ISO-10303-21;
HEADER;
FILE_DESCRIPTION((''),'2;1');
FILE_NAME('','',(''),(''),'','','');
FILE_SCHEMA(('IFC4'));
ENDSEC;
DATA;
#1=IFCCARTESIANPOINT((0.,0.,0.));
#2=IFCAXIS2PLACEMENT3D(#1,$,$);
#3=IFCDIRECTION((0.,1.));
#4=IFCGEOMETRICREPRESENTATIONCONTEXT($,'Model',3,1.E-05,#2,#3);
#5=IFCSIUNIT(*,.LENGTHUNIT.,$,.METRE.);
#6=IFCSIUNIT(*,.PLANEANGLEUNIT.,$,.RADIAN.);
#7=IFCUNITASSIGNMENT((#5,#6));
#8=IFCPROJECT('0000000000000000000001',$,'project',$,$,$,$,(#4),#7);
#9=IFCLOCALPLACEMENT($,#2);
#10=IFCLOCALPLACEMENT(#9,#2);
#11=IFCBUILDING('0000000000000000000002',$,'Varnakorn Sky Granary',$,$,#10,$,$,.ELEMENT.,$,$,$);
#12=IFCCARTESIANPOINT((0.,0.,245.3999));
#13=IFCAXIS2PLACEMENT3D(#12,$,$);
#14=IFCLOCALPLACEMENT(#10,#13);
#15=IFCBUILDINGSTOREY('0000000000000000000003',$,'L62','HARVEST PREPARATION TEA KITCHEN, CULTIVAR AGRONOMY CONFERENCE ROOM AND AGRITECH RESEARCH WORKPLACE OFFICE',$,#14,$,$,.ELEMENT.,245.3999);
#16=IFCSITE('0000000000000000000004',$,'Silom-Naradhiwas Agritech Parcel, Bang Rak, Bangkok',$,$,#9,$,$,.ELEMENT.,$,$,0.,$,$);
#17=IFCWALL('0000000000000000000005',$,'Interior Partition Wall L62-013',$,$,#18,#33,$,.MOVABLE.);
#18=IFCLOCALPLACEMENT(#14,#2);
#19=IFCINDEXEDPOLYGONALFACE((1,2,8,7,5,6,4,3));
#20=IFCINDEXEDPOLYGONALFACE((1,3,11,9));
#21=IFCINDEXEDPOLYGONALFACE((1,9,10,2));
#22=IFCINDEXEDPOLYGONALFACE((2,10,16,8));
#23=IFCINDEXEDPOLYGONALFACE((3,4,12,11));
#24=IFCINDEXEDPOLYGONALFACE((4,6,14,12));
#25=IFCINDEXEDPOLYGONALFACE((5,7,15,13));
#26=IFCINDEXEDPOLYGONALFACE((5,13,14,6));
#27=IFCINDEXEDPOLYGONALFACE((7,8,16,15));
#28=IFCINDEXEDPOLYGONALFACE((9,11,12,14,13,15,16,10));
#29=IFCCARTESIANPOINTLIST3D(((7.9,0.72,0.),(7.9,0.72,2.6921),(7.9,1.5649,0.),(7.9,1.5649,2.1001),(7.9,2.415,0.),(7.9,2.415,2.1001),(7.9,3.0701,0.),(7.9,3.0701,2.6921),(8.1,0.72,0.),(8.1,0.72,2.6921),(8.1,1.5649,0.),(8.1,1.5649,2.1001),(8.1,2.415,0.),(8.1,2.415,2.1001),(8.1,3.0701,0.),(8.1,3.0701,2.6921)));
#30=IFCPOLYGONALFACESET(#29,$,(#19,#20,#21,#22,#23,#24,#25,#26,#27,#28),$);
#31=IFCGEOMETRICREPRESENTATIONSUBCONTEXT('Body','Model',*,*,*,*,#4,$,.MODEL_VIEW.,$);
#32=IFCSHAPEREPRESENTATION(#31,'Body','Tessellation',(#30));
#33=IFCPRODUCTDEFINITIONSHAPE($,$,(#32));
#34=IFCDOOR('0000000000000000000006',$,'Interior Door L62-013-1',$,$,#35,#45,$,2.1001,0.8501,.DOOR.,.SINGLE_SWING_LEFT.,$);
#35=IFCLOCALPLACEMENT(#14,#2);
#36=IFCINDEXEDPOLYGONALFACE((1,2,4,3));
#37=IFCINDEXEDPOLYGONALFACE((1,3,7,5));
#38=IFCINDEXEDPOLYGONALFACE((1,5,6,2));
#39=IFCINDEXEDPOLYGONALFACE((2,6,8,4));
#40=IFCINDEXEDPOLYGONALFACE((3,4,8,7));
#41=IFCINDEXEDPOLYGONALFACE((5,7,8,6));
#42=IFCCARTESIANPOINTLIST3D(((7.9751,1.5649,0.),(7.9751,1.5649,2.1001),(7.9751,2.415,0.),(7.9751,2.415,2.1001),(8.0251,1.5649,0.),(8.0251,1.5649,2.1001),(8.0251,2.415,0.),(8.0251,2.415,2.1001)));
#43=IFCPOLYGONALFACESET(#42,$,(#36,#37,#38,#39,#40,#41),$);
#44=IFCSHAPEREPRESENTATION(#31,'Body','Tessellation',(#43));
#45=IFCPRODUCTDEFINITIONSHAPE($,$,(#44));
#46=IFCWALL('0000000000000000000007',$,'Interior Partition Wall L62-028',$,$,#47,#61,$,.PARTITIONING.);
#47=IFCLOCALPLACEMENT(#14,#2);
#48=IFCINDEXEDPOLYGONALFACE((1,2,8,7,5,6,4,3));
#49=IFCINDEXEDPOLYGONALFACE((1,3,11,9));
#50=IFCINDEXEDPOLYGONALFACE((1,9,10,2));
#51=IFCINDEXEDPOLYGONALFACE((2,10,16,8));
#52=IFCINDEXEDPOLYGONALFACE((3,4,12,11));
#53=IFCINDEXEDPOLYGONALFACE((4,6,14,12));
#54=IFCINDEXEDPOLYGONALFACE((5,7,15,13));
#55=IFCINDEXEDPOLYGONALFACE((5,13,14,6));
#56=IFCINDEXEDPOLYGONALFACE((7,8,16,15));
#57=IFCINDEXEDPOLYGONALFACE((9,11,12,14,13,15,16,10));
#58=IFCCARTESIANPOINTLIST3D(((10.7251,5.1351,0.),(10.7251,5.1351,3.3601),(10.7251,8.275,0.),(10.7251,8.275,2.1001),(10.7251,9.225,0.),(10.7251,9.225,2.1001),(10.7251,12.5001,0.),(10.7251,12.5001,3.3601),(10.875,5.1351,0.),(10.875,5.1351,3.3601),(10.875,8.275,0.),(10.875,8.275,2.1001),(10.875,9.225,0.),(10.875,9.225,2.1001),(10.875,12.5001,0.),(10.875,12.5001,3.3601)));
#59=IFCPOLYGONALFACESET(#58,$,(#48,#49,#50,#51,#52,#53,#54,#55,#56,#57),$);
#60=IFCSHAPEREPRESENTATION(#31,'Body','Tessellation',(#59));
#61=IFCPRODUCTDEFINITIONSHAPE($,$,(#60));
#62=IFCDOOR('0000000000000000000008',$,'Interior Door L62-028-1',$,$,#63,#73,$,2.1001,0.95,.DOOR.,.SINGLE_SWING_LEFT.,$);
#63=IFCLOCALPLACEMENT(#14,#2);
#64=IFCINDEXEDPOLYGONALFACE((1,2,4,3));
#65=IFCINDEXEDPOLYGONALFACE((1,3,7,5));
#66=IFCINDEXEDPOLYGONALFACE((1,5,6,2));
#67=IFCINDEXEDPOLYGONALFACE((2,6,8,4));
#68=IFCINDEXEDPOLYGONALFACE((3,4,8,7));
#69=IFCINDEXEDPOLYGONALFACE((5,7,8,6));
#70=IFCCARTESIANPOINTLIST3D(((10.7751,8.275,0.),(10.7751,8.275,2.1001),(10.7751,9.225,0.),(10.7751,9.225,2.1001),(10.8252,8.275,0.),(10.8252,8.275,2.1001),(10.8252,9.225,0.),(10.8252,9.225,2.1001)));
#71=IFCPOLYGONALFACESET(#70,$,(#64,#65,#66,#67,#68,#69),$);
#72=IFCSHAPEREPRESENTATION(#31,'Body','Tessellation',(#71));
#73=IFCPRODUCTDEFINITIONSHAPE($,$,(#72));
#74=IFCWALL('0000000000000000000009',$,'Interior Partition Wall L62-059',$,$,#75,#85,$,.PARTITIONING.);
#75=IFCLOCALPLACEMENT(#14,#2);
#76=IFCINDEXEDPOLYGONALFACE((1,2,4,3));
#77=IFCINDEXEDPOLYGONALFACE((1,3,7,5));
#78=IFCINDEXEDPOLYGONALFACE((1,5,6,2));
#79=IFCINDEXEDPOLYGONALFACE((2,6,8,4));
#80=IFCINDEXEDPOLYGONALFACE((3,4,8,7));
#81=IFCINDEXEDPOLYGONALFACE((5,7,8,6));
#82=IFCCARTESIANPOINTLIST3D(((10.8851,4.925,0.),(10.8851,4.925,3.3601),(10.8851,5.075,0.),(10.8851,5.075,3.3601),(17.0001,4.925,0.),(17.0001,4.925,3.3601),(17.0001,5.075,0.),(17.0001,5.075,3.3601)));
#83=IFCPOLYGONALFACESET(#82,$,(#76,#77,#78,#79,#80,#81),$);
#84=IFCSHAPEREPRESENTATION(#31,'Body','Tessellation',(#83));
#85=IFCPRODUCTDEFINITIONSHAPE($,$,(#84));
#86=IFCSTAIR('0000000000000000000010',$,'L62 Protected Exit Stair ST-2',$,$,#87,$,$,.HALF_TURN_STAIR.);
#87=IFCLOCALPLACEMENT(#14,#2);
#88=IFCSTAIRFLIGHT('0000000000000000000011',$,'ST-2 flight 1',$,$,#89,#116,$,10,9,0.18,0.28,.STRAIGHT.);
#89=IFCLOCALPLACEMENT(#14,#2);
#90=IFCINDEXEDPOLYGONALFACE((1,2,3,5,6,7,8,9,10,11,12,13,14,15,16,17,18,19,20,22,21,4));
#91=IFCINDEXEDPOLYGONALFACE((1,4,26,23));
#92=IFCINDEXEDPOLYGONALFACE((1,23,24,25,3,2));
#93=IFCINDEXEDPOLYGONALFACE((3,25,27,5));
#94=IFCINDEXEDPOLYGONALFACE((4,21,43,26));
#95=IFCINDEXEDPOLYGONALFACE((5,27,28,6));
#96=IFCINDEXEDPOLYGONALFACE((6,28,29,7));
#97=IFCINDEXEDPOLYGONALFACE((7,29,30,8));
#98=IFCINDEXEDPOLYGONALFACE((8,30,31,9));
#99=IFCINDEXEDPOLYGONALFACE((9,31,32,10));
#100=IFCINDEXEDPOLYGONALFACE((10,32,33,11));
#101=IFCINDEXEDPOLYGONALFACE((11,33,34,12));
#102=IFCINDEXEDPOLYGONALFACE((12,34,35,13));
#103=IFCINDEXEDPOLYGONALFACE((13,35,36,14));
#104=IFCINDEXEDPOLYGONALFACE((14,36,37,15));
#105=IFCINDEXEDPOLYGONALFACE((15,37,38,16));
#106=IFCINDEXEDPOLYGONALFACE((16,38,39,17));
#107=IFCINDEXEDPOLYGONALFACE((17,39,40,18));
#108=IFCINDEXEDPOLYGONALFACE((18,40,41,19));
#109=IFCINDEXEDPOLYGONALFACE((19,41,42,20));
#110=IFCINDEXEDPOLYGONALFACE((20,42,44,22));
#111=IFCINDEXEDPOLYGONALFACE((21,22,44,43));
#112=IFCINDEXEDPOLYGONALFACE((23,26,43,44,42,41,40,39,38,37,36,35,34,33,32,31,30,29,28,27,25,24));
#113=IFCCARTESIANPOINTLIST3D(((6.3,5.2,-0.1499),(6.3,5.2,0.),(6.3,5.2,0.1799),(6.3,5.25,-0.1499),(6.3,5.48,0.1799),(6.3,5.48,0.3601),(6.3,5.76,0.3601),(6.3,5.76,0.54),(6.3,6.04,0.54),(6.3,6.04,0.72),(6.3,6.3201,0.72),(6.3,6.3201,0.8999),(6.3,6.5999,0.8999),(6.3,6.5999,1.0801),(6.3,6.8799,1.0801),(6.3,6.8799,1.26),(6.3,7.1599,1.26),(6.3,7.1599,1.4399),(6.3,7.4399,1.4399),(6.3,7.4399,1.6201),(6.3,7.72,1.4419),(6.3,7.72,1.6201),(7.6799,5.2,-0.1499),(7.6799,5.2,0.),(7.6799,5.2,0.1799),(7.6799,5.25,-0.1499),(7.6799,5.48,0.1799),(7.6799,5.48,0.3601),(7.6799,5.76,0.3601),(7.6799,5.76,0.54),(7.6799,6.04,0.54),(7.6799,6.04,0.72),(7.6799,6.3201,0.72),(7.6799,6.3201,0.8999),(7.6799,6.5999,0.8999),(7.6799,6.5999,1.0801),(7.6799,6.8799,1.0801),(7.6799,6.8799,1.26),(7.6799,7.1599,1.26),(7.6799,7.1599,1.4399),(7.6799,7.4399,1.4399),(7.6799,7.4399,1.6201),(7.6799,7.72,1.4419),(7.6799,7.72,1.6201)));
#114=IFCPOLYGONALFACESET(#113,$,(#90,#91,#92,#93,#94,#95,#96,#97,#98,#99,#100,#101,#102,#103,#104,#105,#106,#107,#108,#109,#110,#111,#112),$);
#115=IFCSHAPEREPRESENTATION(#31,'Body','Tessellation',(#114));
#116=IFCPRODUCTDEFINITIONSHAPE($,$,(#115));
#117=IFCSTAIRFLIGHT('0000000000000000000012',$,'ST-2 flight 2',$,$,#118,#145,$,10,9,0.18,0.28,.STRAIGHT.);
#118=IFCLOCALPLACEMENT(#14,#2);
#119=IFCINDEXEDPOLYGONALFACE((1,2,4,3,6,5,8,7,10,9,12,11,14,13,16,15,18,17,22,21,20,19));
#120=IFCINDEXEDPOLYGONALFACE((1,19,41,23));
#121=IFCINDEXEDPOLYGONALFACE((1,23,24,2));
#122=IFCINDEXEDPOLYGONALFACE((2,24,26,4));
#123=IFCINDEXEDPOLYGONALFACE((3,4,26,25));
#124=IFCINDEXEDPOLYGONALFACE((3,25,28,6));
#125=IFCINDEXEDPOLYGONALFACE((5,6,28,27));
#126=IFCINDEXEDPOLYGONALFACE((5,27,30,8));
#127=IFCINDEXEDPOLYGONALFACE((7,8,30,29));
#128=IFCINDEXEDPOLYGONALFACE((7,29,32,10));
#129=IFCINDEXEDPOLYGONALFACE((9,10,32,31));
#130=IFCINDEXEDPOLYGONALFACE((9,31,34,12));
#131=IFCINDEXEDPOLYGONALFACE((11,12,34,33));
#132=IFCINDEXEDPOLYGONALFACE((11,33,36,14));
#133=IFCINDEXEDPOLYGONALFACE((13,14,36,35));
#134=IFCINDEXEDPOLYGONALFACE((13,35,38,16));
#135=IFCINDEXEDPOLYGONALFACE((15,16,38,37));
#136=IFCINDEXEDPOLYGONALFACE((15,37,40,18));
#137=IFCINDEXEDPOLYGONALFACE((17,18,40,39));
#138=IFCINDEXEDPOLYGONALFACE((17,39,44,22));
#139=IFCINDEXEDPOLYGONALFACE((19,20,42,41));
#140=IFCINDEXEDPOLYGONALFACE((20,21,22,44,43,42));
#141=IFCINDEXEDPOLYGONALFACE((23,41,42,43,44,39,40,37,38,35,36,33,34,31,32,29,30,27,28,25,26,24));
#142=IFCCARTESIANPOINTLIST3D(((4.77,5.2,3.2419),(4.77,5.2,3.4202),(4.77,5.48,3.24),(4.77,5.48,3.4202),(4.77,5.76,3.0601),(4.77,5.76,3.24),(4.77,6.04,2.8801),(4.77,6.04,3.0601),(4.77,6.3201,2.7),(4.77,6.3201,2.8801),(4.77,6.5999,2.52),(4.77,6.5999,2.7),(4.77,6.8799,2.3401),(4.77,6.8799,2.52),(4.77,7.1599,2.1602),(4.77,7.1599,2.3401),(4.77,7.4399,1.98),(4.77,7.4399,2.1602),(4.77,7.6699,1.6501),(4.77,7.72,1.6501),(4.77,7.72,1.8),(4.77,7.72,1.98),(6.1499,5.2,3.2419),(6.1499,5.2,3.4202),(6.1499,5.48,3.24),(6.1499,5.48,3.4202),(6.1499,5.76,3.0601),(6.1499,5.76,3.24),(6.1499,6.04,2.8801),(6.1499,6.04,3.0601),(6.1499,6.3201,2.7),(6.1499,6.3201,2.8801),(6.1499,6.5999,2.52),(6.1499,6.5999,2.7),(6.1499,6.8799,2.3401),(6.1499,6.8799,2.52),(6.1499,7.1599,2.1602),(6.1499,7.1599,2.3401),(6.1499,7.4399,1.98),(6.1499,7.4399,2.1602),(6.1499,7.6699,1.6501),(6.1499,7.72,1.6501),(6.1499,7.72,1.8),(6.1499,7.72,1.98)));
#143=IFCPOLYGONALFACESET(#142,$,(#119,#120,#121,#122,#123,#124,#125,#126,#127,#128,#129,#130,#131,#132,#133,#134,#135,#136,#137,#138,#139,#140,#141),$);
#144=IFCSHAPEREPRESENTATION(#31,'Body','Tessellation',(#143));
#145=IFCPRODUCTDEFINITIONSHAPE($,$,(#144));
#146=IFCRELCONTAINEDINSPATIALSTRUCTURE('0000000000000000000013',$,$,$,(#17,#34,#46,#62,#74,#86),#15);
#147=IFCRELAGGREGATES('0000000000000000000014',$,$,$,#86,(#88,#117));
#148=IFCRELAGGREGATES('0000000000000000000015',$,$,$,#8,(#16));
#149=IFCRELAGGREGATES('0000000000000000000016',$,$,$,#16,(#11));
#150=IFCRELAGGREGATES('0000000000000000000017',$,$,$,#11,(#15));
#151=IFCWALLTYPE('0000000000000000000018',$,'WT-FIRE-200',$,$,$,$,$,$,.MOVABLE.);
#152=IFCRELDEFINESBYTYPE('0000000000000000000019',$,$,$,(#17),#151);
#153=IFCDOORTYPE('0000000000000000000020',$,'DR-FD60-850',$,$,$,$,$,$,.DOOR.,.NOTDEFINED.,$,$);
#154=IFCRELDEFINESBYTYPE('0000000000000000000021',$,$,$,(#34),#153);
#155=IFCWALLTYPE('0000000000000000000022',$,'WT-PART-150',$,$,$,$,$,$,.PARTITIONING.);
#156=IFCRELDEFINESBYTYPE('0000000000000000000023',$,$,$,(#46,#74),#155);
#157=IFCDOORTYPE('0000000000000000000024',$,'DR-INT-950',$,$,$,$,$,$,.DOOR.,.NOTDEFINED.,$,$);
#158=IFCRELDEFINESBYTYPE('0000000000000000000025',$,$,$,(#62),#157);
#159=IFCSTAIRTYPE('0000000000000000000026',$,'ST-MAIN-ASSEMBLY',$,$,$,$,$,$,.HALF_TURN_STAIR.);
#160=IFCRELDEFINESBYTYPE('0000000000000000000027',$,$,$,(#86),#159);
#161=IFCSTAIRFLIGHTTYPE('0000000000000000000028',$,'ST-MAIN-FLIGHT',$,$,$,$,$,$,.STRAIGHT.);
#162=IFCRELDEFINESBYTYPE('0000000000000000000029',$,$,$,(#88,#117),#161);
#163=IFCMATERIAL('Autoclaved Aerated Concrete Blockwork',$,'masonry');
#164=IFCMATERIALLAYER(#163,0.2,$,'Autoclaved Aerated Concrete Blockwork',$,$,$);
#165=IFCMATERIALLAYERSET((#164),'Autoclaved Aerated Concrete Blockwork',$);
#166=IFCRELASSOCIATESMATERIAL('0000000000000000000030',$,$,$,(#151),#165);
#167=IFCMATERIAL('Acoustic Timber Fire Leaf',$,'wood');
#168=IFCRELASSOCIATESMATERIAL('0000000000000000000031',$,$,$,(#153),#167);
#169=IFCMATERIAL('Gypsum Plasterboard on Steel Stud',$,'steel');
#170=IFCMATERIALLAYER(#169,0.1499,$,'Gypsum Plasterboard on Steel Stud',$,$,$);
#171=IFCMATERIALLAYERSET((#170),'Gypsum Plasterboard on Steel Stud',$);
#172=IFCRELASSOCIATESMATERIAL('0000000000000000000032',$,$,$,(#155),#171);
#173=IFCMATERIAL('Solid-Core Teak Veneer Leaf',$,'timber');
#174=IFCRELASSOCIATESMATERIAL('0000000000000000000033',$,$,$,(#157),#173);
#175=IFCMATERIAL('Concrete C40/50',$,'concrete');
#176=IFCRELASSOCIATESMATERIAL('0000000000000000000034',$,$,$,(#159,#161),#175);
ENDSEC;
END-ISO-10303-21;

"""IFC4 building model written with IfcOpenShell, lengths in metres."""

from ifc_helpers import new_model, si_unit, direction, frame, frame_2d, origin, place, context, subcontext, project, spatial, polyline, rectangle, outline, extrude, material, layer, layer_set, type_object, element, fill, aggregate, save


model = new_model("IFC4")

# Units and contexts
model_context = context("Model", 3, precision=1e-05, world=origin(), true_north=direction((0.0, 1.0)))
body_context = subcontext(model_context, "Body", "Model", "MODEL_VIEW")
ifc_project = project(units=[si_unit("LENGTHUNIT", "METRE"), si_unit("PLANEANGLEUNIT", "RADIAN")], contexts=[model_context])

# Site, building, storey
site_placement = place(None, origin())
site = spatial("IfcSite", under=ifc_project, at=site_placement, Name="Silom-Naradhiwas Agritech Parcel, Bang Rak, Bangkok", CompositionType="ELEMENT", RefElevation=0.0)
building_placement = place(site_placement, origin())
building = spatial("IfcBuilding", under=site, at=building_placement, Name="Varnakorn Sky Granary", CompositionType="ELEMENT")
storey_placement = place(building_placement, frame((0.0, 0.0, 245.3999)))
storey = spatial("IfcBuildingStorey", under=building, at=storey_placement, Name="L62", Description="HARVEST PREPARATION TEA KITCHEN, CULTIVAR AGRONOMY CONFERENCE ROOM AND AGRITECH RESEARCH WORKPLACE OFFICE", CompositionType="ELEMENT", Elevation=245.3999)

# Walls, openings, doors
ifc_material_1 = material(Name="Autoclaved Aerated Concrete Blockwork", Category="masonry")
ifc_layer_1 = layer(ifc_material_1, 0.2, Name="Autoclaved Aerated Concrete Blockwork")
ifc_layer_set_1 = layer_set([ifc_layer_1], Name="Autoclaved Aerated Concrete Blockwork")
wall_type_1 = type_object("IfcWallType", Name="WT-FIRE-200", PredefinedType="MOVABLE", material=ifc_layer_set_1)
ifc_material_2 = material(Name="Acoustic Timber Fire Leaf", Category="wood")
wall_1_placement = place(storey_placement, frame((8.0, 0.72, 0.0), z_axis=(0.0, 0.0, 1.0), x_axis=(0.0, 1.0, 0.0)))
wall_1 = element("IfcWall", 1, at=wall_1_placement, inside=storey, type_object=wall_type_1, Name="Interior Partition Wall L62-013", PredefinedType="MOVABLE", context=body_context, shape_type="SweptSolid", body=[
    extrude(rectangle(XDim=2.3501, YDim=0.2, at=frame_2d((1.175, 0.0))), origin(), (0.0, 0.0, 1.0), 2.6921),
])
opening_1_placement = place(wall_1_placement, frame((0.845, 0.0, 0.0)))
opening_1 = element("IfcOpeningElement", 2, at=opening_1_placement, cuts=wall_1, PredefinedType="OPENING", context=body_context, shape_type="SweptSolid", body=[
    extrude(rectangle(XDim=0.8501, YDim=2.1001, at=frame_2d((0.425, 1.05))), frame((0.0, 0.1099, 0.0), z_axis=(0.0, -1.0, 0.0), x_axis=(1.0, 0.0, 0.0)), (0.0, 0.0, 1.0), 0.22),
])
door_type_1 = type_object("IfcDoorType", Name="DR-FD60-850", OperationType="NOTDEFINED", PredefinedType="DOOR", material=ifc_material_2)
door_1_placement = place(opening_1_placement, origin())
door_1 = element("IfcDoor", 3, at=door_1_placement, inside=storey, type_object=door_type_1, Name="Interior Door L62-013-1", OperationType="SINGLE_SWING_LEFT", OverallHeight=2.1001, OverallWidth=0.8501, PredefinedType="DOOR", context=body_context, shape_type="SweptSolid", body=[
    extrude(rectangle(XDim=0.8501, YDim=2.1001, at=frame_2d((0.425, 1.05))), frame((0.0, 0.0249, 0.0), z_axis=(0.0, -1.0, 0.0), x_axis=(1.0, 0.0, 0.0)), (0.0, 0.0, 1.0), 0.05),
])
fill(opening_1, door_1)
ifc_material_3 = material(Name="Gypsum Plasterboard on Steel Stud", Category="steel")
ifc_layer_2 = layer(ifc_material_3, 0.1499, Name="Gypsum Plasterboard on Steel Stud")
ifc_layer_set_2 = layer_set([ifc_layer_2], Name="Gypsum Plasterboard on Steel Stud")
wall_type_2 = type_object("IfcWallType", Name="WT-PART-150", PredefinedType="PARTITIONING", material=ifc_layer_set_2)
wall_2_placement = place(storey_placement, frame((10.8, 5.135, 0.0), z_axis=(0.0, 0.0, 1.0), x_axis=(0.0, 1.0, 0.0)))
wall_2 = element("IfcWall", 4, at=wall_2_placement, inside=storey, type_object=wall_type_2, Name="Interior Partition Wall L62-028", PredefinedType="PARTITIONING", context=body_context, shape_type="SweptSolid", body=[
    extrude(rectangle(XDim=7.365, YDim=0.1499, at=frame_2d((3.6826, 0.0))), origin(), (0.0, 0.0, 1.0), 3.3601),
])
opening_2_placement = place(wall_2_placement, frame((3.1399, 0.0, 0.0)))
opening_2 = element("IfcOpeningElement", 5, at=opening_2_placement, cuts=wall_2, PredefinedType="OPENING", context=body_context, shape_type="SweptSolid", body=[
    extrude(rectangle(XDim=0.95, YDim=2.1001, at=frame_2d((0.4751, 1.05))), frame((0.0, 0.085, 0.0), z_axis=(0.0, -1.0, 0.0), x_axis=(1.0, 0.0, 0.0)), (0.0, 0.0, 1.0), 0.1699),
])
ifc_material_4 = material(Name="Solid-Core Teak Veneer Leaf", Category="timber")
door_type_2 = type_object("IfcDoorType", Name="DR-INT-950", OperationType="NOTDEFINED", PredefinedType="DOOR", material=ifc_material_4)
door_2_placement = place(opening_2_placement, origin())
door_2 = element("IfcDoor", 6, at=door_2_placement, inside=storey, type_object=door_type_2, Name="Interior Door L62-028-1", OperationType="SINGLE_SWING_LEFT", OverallHeight=2.1001, OverallWidth=0.95, PredefinedType="DOOR", context=body_context, shape_type="SweptSolid", body=[
    extrude(rectangle(XDim=0.95, YDim=2.1001, at=frame_2d((0.4751, 1.05))), frame((0.0, 0.0249, 0.0), z_axis=(0.0, -1.0, 0.0), x_axis=(1.0, 0.0, 0.0)), (0.0, 0.0, 1.0), 0.05),
])
fill(opening_2, door_2)

# Wall
wall_3_placement = place(storey_placement, frame((10.885, 5.0, 0.0), z_axis=(0.0, 0.0, 1.0), x_axis=(1.0, 0.0, 0.0)))
element("IfcWall", 7, at=wall_3_placement, inside=storey, type_object=wall_type_2, Name="Interior Partition Wall L62-059", PredefinedType="PARTITIONING", context=body_context, shape_type="SweptSolid", body=[
    extrude(rectangle(XDim=6.115, YDim=0.1499, at=frame_2d((3.0576, 0.0))), origin(), (0.0, 0.0, 1.0), 3.3601),
])

# Stair, stair flights
ifc_material_5 = material(Name="Concrete C40/50", Category="concrete")
stair_type = type_object("IfcStairType", Name="ST-MAIN-ASSEMBLY", PredefinedType="HALF_TURN_STAIR", material=ifc_material_5)
stair_placement = place(storey_placement, origin())
stair = element("IfcStair", 8, at=stair_placement, inside=storey, type_object=stair_type, Name="L62 Protected Exit Stair ST-2", PredefinedType="HALF_TURN_STAIR")
stair_flight_type = type_object("IfcStairFlightType", Name="ST-MAIN-FLIGHT", PredefinedType="STRAIGHT", material=ifc_material_5)
stair_flight_1_placement = place(storey_placement, frame((6.99, 5.2, 0.0), z_axis=(0.0, 0.0, 1.0), x_axis=(0.0, 1.0, 0.0)))
stair_flight_1 = element("IfcStairFlight", 9, at=stair_flight_1_placement, type_object=stair_flight_type, Name="ST-2 flight 1", NumberOfRisers=10, NumberOfTreads=9, PredefinedType="STRAIGHT", RiserHeight=0.18, TreadLength=0.28, context=body_context, shape_type="SweptSolid", body=[
    extrude(outline(polyline([(0.0, -0.1499), (0.0, 0.0), (0.0, 0.1799), (0.28, 0.1799), (0.28, 0.3601), (0.5601, 0.3601), (0.5601, 0.54), (0.8401, 0.54), (0.8401, 0.72), (1.1201, 0.72), (1.1201, 0.8999), (1.3999, 0.8999), (1.3999, 1.0801), (1.6799, 1.0801), (1.6799, 1.26), (1.96, 1.26), (1.96, 1.4399), (2.24, 1.4399), (2.24, 1.6201), (2.52, 1.6201), (2.52, 1.8), (2.52, 1.4419), (0.05, -0.1499), (0.0, -0.1499)])), frame((0.0, 0.6899, 0.0), z_axis=(0.0, -1.0, 0.0), x_axis=(1.0, 0.0, 0.0)), (0.0, 0.0, 1.0), 1.3799),
])
stair_flight_2_placement = place(storey_placement, frame((5.46, 7.72, 1.8), z_axis=(0.0, 0.0, 1.0), x_axis=(0.0, -1.0, 0.0)))
stair_flight_2 = element("IfcStairFlight", 10, at=stair_flight_2_placement, type_object=stair_flight_type, Name="ST-2 flight 2", NumberOfRisers=10, NumberOfTreads=9, PredefinedType="STRAIGHT", RiserHeight=0.18, TreadLength=0.28, context=body_context, shape_type="SweptSolid", body=[
    extrude(outline(polyline([(0.0, -0.1499), (0.0, 0.0), (0.0, 0.1799), (0.28, 0.1799), (0.28, 0.3601), (0.5601, 0.3601), (0.5601, 0.54), (0.8401, 0.54), (0.8401, 0.72), (1.1201, 0.72), (1.1201, 0.8999), (1.3999, 0.8999), (1.3999, 1.0801), (1.6799, 1.0801), (1.6799, 1.26), (1.96, 1.26), (1.96, 1.4399), (2.24, 1.4399), (2.24, 1.6201), (2.52, 1.6201), (2.52, 1.8), (2.52, 1.4419), (0.05, -0.1499), (0.0, -0.1499)])), frame((0.0, 0.6899, 0.0), z_axis=(0.0, -1.0, 0.0), x_axis=(1.0, 0.0, 0.0)), (0.0, 0.0, 1.0), 1.3799),
])
aggregate(stair, [stair_flight_1, stair_flight_2])

save(model, "model.ifc")
